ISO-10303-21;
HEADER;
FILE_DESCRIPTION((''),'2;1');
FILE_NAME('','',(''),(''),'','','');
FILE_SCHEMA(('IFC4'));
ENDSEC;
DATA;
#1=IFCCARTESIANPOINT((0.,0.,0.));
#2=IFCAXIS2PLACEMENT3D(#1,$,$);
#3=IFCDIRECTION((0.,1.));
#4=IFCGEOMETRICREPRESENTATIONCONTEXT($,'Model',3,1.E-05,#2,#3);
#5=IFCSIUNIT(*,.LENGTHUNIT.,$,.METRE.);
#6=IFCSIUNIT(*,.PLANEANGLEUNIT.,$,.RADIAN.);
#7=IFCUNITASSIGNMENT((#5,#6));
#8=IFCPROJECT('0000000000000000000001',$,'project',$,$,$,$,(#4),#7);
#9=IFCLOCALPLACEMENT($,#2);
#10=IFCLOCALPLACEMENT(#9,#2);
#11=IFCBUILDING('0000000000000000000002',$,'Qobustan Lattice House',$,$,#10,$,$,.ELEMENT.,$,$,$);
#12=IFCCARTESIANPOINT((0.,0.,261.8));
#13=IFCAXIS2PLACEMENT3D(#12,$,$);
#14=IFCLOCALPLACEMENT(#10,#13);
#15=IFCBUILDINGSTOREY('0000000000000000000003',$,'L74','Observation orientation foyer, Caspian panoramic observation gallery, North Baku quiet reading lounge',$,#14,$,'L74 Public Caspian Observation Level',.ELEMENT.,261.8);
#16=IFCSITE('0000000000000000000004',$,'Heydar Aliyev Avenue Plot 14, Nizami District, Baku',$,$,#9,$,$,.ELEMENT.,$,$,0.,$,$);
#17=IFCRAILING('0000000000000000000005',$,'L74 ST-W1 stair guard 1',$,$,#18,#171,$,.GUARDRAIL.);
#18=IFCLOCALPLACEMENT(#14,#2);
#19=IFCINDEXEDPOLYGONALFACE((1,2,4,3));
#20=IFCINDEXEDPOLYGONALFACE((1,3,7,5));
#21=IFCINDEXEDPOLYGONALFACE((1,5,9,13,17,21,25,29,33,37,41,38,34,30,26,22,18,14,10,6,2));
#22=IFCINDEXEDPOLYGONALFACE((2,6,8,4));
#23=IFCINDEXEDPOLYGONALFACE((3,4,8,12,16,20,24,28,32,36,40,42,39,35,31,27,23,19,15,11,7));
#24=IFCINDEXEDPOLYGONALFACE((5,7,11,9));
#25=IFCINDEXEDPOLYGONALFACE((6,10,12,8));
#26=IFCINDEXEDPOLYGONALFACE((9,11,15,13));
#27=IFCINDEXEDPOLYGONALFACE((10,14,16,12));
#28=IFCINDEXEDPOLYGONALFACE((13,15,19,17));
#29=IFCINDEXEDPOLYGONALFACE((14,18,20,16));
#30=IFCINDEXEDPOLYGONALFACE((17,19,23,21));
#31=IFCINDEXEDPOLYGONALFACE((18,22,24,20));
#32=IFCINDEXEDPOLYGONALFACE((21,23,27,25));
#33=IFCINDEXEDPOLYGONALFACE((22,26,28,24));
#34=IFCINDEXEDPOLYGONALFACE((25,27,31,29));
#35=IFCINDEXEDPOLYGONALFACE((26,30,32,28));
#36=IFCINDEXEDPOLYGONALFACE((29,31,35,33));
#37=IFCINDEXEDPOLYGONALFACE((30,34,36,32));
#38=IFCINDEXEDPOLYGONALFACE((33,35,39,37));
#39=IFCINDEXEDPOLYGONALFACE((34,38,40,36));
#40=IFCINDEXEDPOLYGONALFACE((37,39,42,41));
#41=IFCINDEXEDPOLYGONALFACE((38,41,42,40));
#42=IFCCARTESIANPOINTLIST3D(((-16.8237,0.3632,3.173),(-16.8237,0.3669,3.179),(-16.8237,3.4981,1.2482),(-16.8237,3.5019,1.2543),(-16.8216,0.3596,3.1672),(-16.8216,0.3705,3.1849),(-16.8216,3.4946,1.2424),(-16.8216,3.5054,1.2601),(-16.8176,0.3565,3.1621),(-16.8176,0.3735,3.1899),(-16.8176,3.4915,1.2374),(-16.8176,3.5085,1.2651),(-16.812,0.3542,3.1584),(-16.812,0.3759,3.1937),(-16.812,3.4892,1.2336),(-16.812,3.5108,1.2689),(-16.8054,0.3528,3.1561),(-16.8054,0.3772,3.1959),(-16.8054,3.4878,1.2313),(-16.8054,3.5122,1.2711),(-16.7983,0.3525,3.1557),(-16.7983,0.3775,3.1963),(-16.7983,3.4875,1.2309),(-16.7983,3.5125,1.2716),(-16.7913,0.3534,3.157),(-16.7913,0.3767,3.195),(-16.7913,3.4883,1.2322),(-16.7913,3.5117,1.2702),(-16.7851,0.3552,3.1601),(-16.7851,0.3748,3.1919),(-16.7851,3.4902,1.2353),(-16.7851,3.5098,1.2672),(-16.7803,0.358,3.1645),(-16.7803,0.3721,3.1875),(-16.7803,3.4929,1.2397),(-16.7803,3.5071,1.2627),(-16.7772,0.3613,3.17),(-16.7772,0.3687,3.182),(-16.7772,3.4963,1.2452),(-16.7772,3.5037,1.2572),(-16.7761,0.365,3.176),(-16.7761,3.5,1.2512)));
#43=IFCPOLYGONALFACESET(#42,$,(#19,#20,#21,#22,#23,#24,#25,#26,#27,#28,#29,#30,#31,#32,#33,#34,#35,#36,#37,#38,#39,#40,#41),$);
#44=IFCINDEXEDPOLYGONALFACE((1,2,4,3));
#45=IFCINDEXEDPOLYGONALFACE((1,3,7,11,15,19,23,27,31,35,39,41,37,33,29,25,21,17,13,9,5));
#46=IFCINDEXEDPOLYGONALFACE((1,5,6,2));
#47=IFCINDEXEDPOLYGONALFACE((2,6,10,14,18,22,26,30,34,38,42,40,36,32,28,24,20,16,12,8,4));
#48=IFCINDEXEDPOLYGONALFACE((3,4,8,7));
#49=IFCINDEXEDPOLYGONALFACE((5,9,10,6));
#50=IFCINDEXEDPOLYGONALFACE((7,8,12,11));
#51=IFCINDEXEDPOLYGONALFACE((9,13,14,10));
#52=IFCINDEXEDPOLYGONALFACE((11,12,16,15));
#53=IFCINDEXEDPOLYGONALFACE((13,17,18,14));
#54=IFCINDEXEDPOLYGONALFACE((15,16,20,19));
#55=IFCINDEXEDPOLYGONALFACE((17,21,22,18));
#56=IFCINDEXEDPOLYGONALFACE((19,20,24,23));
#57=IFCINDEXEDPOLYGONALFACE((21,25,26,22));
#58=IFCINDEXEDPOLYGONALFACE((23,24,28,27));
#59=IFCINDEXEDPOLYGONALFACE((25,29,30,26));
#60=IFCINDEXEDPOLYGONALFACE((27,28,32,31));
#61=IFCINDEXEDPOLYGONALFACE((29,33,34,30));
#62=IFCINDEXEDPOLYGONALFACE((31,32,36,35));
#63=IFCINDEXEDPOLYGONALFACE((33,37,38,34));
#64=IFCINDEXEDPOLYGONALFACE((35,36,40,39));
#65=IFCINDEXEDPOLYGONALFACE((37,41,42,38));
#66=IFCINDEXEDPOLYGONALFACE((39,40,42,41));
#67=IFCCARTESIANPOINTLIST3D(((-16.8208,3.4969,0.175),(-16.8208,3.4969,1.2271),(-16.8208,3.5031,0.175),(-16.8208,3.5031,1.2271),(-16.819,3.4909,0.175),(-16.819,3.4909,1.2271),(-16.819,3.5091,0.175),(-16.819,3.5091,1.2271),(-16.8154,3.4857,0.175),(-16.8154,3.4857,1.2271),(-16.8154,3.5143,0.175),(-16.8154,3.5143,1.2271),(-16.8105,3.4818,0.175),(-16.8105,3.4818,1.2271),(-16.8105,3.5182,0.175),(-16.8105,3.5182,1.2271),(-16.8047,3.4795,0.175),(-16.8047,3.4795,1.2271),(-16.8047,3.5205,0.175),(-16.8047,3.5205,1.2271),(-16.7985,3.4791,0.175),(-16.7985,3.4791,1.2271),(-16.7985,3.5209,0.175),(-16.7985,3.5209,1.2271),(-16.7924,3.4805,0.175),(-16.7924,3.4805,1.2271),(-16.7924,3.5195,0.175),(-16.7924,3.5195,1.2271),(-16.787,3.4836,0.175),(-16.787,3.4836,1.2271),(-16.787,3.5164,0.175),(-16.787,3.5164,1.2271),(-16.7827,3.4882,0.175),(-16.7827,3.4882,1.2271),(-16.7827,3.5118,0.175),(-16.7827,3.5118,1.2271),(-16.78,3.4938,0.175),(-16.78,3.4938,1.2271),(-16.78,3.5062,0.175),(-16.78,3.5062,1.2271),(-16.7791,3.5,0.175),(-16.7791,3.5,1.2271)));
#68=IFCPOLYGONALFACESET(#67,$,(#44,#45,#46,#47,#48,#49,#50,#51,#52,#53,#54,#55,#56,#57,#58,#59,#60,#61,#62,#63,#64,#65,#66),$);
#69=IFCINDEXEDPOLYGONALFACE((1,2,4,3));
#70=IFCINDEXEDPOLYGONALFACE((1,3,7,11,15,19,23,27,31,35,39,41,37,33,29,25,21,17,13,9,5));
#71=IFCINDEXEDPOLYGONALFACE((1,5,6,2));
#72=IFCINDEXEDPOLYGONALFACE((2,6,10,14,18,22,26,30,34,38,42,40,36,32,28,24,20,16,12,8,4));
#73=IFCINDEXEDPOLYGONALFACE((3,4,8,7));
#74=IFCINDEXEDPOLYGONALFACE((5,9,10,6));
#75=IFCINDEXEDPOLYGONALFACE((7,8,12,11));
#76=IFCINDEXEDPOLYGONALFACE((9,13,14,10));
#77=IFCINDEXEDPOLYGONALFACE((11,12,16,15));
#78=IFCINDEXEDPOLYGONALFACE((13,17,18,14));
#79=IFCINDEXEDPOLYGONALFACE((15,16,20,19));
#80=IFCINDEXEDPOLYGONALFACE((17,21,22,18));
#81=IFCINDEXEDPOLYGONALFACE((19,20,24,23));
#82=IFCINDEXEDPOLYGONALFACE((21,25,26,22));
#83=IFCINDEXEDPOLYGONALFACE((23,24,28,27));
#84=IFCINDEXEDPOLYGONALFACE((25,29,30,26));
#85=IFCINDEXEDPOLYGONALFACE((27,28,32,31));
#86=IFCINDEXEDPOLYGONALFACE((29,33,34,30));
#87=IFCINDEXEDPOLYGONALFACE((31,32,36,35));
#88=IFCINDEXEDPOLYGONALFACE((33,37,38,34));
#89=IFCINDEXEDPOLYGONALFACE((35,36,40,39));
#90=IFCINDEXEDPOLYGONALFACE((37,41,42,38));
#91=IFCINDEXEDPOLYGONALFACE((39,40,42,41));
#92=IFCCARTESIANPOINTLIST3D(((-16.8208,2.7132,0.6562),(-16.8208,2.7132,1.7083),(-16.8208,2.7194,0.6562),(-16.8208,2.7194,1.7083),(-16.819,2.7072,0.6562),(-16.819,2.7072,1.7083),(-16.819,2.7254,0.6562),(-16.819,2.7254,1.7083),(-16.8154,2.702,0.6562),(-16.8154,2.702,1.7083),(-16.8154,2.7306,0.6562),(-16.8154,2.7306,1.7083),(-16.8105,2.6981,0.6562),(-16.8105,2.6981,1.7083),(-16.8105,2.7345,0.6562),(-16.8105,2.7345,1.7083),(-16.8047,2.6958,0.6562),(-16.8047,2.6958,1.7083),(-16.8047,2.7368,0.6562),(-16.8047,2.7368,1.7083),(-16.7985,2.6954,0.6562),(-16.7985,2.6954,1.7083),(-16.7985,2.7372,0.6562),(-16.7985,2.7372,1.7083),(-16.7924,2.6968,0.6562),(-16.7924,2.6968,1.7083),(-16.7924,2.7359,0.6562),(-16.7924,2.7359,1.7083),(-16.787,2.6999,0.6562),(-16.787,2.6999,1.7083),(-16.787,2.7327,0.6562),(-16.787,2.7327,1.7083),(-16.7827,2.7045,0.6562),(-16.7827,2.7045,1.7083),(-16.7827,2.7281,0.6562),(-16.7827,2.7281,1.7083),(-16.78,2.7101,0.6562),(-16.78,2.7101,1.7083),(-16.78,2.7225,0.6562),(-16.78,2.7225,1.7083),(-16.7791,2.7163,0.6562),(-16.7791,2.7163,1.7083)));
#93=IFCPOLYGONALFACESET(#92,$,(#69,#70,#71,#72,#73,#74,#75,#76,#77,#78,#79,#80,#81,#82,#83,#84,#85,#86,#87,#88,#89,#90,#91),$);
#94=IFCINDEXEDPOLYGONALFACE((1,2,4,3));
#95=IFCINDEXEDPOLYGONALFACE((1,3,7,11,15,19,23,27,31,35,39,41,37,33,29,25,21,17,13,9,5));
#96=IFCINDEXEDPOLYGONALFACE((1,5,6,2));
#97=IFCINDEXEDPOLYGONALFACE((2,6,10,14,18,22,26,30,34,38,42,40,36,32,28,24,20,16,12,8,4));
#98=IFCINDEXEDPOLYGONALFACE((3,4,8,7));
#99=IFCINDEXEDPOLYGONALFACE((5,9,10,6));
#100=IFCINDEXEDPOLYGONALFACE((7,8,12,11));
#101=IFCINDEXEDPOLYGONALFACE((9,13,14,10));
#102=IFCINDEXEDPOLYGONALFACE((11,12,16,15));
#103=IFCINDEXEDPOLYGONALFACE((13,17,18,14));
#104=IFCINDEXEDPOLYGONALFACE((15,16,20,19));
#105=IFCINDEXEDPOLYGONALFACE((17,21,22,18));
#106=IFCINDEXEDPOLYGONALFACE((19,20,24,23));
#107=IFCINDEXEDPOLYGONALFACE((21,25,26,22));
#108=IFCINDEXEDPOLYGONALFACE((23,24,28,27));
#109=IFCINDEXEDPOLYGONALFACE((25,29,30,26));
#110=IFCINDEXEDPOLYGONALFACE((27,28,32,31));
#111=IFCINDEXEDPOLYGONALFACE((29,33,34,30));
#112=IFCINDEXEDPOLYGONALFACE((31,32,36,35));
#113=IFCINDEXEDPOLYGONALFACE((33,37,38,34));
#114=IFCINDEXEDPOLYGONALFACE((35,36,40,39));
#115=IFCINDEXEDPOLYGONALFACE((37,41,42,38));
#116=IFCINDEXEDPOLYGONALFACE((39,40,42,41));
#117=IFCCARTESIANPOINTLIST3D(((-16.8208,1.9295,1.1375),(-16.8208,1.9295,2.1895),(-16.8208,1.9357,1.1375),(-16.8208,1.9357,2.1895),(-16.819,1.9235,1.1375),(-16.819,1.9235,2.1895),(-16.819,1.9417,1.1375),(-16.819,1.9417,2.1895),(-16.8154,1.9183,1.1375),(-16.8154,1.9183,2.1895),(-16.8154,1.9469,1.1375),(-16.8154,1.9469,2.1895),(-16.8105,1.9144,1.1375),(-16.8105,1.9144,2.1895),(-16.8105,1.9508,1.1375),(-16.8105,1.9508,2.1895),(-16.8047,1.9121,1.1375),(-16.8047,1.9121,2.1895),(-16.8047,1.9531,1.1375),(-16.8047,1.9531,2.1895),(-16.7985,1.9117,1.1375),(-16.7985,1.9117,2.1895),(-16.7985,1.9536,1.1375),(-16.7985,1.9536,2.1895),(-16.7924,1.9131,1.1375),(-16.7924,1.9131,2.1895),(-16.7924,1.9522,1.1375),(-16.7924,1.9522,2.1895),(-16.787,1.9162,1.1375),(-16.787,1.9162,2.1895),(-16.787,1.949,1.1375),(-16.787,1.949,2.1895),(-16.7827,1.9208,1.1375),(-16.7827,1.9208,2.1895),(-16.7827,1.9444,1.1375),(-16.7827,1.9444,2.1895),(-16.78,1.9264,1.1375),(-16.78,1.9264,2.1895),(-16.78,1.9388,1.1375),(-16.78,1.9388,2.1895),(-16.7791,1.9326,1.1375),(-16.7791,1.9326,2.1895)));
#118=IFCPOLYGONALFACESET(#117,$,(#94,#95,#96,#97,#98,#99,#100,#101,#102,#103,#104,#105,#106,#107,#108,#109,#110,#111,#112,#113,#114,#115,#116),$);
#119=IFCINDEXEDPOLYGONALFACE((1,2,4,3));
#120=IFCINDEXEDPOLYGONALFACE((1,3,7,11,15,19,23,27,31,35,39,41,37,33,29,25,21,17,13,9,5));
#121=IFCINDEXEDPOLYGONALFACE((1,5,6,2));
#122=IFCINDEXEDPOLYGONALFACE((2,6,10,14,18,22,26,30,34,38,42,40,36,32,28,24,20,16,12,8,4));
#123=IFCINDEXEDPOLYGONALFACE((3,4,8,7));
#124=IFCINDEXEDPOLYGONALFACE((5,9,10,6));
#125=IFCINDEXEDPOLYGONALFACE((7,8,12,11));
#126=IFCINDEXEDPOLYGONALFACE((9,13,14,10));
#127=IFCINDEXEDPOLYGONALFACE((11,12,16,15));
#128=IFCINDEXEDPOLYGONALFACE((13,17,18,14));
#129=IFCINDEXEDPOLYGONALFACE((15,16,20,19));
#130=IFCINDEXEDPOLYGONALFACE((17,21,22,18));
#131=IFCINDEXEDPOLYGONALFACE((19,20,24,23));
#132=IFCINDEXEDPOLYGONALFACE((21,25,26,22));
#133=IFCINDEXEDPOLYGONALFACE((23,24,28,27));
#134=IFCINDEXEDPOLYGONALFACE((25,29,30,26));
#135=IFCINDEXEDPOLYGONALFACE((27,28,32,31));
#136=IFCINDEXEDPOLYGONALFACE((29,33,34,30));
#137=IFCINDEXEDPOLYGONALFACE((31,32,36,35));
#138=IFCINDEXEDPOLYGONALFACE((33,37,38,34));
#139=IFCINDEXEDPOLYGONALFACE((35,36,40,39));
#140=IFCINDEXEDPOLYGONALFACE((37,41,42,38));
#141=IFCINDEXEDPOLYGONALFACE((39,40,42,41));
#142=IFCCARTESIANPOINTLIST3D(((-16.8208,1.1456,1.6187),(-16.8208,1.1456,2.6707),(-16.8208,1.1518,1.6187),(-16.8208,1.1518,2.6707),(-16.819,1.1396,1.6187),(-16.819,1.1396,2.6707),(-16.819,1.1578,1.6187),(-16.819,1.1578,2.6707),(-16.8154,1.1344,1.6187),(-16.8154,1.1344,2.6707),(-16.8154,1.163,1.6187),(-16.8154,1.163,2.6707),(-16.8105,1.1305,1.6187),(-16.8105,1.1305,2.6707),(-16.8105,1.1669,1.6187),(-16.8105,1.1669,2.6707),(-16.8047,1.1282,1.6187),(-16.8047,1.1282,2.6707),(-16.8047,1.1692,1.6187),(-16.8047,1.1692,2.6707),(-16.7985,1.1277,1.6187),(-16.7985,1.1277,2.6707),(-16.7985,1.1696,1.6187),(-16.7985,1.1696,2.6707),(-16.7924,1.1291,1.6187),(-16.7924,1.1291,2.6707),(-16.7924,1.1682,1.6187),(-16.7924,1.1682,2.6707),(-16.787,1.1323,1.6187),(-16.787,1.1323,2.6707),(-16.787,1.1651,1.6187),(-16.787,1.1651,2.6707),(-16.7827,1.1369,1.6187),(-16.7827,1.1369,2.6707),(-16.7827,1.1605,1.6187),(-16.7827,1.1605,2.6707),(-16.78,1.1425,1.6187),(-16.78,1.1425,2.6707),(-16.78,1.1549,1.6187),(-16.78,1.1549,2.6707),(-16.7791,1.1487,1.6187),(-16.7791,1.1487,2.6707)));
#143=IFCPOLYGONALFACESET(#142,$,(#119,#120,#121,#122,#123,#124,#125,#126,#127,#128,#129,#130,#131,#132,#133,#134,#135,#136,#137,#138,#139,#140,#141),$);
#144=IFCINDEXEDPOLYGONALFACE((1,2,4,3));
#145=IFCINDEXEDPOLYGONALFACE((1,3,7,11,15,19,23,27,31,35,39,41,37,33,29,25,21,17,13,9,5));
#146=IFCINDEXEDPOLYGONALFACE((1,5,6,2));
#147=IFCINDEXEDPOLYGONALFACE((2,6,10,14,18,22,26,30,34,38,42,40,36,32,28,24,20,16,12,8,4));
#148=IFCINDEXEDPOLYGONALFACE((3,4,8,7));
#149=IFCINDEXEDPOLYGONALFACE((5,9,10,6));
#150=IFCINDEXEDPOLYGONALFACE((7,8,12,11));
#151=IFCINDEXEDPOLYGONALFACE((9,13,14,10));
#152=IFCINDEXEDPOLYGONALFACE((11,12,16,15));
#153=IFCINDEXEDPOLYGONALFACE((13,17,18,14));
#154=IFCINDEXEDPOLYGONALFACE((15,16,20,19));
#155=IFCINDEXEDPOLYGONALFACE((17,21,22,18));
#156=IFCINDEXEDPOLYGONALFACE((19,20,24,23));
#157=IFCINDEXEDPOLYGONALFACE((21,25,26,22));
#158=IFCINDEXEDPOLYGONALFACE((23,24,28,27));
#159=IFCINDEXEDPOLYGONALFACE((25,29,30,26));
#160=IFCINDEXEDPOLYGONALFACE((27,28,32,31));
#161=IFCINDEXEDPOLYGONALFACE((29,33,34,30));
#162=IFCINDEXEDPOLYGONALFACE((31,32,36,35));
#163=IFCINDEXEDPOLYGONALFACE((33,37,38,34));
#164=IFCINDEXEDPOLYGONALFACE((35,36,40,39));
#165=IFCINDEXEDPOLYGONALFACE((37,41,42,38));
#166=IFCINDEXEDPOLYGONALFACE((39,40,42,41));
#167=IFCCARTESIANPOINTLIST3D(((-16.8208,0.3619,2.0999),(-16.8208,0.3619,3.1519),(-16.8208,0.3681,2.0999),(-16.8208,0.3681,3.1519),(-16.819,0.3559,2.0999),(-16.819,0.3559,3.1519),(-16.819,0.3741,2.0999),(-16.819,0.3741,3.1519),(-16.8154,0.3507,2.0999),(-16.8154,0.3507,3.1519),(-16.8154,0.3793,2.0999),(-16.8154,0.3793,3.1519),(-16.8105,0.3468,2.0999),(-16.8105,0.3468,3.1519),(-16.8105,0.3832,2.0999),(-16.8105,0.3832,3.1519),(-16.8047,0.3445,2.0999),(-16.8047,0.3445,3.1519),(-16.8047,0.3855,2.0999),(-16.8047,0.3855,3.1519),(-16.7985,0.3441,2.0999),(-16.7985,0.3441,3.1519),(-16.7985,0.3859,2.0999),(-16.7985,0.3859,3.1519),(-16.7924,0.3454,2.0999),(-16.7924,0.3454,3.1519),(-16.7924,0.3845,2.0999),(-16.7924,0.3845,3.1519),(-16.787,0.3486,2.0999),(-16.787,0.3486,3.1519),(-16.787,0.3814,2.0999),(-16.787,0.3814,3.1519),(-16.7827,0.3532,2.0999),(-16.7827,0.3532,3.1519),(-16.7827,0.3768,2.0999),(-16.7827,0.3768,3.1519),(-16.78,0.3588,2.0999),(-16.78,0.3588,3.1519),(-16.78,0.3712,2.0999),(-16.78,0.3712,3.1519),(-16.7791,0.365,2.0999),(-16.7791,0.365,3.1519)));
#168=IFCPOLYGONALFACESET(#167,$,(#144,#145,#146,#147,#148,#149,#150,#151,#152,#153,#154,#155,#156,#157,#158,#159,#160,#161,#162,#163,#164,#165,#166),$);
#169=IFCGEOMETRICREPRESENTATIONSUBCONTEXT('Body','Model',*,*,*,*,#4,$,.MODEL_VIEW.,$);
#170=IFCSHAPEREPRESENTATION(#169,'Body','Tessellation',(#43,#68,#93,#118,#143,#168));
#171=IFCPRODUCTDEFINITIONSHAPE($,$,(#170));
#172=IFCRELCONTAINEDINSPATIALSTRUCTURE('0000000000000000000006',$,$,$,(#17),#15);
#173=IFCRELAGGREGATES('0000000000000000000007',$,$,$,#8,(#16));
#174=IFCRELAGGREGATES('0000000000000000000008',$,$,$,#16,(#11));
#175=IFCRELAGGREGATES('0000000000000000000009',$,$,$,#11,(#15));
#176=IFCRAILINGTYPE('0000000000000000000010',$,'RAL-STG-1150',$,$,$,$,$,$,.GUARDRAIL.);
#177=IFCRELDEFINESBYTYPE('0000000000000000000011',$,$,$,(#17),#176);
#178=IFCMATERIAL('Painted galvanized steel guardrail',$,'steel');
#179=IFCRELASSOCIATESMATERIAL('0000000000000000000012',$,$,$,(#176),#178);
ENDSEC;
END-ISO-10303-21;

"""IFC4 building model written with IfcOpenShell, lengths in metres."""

from ifc_helpers import new_model, si_unit, direction, frame, origin, origin_2d, place, context, subcontext, project, spatial, circle, extrude, material, type_object, element, save


model = new_model("IFC4")

# Units and contexts
model_context = context("Model", 3, precision=1e-05, world=origin(), true_north=direction((0.0, 1.0)))
body_context = subcontext(model_context, "Body", "Model", "MODEL_VIEW")
ifc_project = project(units=[si_unit("LENGTHUNIT", "METRE"), si_unit("PLANEANGLEUNIT", "RADIAN")], contexts=[model_context])

# Site, building, storey
site_placement = place(None, origin())
site = spatial("IfcSite", under=ifc_project, at=site_placement, Name="Heydar Aliyev Avenue Plot 14, Nizami District, Baku", CompositionType="ELEMENT", RefElevation=0.0)
building_placement = place(site_placement, origin())
building = spatial("IfcBuilding", under=site, at=building_placement, Name="Qobustan Lattice House", CompositionType="ELEMENT")
storey_placement = place(building_placement, frame((0.0, 0.0, 261.8)))
storey = spatial("IfcBuildingStorey", under=building, at=storey_placement, Name="L74", Description="Observation orientation foyer, Caspian panoramic observation gallery, North Baku quiet reading lounge", LongName="L74 Public Caspian Observation Level", CompositionType="ELEMENT", Elevation=261.8)

# Railing
ifc_material_1 = material(Name="Painted galvanized steel guardrail", Category="steel")
railing_type = type_object("IfcRailingType", Name="RAL-STG-1150", PredefinedType="GUARDRAIL", material=ifc_material_1)
railing_1_placement = place(storey_placement, frame((-16.8, 3.5, 0.175)))
element("IfcRailing", 1, at=railing_1_placement, inside=storey, type_object=railing_type, Name="L74 ST-W1 stair guard 1", PredefinedType="GUARDRAIL", context=body_context, shape_type="SweptSolid", body=[
    extrude(circle(Radius=0.0239, at=origin_2d()), frame((0.0, 0.0, 1.0762), z_axis=(0.0, -0.852196, 0.523223), x_axis=(1.0, 0.0, 0.0)), (0.0, 0.0, 1.0), 3.6787),
    extrude(circle(Radius=0.021, at=origin_2d()), origin(), (0.0, 0.0, 1.0), 1.052),
    extrude(circle(Radius=0.021, at=origin_2d()), frame((0.0, -0.7837, 0.4812)), (0.0, 0.0, 1.0), 1.052),
    extrude(circle(Radius=0.021, at=origin_2d()), frame((0.0, -1.5674, 0.9624)), (0.0, 0.0, 1.0), 1.052),
    extrude(circle(Radius=0.021, at=origin_2d()), frame((0.0, -2.3513, 1.4436)), (0.0, 0.0, 1.0), 1.052),
    extrude(circle(Radius=0.021, at=origin_2d()), frame((0.0, -3.135, 1.9248)), (0.0, 0.0, 1.0), 1.052),
])

save(model, "model.ifc")
